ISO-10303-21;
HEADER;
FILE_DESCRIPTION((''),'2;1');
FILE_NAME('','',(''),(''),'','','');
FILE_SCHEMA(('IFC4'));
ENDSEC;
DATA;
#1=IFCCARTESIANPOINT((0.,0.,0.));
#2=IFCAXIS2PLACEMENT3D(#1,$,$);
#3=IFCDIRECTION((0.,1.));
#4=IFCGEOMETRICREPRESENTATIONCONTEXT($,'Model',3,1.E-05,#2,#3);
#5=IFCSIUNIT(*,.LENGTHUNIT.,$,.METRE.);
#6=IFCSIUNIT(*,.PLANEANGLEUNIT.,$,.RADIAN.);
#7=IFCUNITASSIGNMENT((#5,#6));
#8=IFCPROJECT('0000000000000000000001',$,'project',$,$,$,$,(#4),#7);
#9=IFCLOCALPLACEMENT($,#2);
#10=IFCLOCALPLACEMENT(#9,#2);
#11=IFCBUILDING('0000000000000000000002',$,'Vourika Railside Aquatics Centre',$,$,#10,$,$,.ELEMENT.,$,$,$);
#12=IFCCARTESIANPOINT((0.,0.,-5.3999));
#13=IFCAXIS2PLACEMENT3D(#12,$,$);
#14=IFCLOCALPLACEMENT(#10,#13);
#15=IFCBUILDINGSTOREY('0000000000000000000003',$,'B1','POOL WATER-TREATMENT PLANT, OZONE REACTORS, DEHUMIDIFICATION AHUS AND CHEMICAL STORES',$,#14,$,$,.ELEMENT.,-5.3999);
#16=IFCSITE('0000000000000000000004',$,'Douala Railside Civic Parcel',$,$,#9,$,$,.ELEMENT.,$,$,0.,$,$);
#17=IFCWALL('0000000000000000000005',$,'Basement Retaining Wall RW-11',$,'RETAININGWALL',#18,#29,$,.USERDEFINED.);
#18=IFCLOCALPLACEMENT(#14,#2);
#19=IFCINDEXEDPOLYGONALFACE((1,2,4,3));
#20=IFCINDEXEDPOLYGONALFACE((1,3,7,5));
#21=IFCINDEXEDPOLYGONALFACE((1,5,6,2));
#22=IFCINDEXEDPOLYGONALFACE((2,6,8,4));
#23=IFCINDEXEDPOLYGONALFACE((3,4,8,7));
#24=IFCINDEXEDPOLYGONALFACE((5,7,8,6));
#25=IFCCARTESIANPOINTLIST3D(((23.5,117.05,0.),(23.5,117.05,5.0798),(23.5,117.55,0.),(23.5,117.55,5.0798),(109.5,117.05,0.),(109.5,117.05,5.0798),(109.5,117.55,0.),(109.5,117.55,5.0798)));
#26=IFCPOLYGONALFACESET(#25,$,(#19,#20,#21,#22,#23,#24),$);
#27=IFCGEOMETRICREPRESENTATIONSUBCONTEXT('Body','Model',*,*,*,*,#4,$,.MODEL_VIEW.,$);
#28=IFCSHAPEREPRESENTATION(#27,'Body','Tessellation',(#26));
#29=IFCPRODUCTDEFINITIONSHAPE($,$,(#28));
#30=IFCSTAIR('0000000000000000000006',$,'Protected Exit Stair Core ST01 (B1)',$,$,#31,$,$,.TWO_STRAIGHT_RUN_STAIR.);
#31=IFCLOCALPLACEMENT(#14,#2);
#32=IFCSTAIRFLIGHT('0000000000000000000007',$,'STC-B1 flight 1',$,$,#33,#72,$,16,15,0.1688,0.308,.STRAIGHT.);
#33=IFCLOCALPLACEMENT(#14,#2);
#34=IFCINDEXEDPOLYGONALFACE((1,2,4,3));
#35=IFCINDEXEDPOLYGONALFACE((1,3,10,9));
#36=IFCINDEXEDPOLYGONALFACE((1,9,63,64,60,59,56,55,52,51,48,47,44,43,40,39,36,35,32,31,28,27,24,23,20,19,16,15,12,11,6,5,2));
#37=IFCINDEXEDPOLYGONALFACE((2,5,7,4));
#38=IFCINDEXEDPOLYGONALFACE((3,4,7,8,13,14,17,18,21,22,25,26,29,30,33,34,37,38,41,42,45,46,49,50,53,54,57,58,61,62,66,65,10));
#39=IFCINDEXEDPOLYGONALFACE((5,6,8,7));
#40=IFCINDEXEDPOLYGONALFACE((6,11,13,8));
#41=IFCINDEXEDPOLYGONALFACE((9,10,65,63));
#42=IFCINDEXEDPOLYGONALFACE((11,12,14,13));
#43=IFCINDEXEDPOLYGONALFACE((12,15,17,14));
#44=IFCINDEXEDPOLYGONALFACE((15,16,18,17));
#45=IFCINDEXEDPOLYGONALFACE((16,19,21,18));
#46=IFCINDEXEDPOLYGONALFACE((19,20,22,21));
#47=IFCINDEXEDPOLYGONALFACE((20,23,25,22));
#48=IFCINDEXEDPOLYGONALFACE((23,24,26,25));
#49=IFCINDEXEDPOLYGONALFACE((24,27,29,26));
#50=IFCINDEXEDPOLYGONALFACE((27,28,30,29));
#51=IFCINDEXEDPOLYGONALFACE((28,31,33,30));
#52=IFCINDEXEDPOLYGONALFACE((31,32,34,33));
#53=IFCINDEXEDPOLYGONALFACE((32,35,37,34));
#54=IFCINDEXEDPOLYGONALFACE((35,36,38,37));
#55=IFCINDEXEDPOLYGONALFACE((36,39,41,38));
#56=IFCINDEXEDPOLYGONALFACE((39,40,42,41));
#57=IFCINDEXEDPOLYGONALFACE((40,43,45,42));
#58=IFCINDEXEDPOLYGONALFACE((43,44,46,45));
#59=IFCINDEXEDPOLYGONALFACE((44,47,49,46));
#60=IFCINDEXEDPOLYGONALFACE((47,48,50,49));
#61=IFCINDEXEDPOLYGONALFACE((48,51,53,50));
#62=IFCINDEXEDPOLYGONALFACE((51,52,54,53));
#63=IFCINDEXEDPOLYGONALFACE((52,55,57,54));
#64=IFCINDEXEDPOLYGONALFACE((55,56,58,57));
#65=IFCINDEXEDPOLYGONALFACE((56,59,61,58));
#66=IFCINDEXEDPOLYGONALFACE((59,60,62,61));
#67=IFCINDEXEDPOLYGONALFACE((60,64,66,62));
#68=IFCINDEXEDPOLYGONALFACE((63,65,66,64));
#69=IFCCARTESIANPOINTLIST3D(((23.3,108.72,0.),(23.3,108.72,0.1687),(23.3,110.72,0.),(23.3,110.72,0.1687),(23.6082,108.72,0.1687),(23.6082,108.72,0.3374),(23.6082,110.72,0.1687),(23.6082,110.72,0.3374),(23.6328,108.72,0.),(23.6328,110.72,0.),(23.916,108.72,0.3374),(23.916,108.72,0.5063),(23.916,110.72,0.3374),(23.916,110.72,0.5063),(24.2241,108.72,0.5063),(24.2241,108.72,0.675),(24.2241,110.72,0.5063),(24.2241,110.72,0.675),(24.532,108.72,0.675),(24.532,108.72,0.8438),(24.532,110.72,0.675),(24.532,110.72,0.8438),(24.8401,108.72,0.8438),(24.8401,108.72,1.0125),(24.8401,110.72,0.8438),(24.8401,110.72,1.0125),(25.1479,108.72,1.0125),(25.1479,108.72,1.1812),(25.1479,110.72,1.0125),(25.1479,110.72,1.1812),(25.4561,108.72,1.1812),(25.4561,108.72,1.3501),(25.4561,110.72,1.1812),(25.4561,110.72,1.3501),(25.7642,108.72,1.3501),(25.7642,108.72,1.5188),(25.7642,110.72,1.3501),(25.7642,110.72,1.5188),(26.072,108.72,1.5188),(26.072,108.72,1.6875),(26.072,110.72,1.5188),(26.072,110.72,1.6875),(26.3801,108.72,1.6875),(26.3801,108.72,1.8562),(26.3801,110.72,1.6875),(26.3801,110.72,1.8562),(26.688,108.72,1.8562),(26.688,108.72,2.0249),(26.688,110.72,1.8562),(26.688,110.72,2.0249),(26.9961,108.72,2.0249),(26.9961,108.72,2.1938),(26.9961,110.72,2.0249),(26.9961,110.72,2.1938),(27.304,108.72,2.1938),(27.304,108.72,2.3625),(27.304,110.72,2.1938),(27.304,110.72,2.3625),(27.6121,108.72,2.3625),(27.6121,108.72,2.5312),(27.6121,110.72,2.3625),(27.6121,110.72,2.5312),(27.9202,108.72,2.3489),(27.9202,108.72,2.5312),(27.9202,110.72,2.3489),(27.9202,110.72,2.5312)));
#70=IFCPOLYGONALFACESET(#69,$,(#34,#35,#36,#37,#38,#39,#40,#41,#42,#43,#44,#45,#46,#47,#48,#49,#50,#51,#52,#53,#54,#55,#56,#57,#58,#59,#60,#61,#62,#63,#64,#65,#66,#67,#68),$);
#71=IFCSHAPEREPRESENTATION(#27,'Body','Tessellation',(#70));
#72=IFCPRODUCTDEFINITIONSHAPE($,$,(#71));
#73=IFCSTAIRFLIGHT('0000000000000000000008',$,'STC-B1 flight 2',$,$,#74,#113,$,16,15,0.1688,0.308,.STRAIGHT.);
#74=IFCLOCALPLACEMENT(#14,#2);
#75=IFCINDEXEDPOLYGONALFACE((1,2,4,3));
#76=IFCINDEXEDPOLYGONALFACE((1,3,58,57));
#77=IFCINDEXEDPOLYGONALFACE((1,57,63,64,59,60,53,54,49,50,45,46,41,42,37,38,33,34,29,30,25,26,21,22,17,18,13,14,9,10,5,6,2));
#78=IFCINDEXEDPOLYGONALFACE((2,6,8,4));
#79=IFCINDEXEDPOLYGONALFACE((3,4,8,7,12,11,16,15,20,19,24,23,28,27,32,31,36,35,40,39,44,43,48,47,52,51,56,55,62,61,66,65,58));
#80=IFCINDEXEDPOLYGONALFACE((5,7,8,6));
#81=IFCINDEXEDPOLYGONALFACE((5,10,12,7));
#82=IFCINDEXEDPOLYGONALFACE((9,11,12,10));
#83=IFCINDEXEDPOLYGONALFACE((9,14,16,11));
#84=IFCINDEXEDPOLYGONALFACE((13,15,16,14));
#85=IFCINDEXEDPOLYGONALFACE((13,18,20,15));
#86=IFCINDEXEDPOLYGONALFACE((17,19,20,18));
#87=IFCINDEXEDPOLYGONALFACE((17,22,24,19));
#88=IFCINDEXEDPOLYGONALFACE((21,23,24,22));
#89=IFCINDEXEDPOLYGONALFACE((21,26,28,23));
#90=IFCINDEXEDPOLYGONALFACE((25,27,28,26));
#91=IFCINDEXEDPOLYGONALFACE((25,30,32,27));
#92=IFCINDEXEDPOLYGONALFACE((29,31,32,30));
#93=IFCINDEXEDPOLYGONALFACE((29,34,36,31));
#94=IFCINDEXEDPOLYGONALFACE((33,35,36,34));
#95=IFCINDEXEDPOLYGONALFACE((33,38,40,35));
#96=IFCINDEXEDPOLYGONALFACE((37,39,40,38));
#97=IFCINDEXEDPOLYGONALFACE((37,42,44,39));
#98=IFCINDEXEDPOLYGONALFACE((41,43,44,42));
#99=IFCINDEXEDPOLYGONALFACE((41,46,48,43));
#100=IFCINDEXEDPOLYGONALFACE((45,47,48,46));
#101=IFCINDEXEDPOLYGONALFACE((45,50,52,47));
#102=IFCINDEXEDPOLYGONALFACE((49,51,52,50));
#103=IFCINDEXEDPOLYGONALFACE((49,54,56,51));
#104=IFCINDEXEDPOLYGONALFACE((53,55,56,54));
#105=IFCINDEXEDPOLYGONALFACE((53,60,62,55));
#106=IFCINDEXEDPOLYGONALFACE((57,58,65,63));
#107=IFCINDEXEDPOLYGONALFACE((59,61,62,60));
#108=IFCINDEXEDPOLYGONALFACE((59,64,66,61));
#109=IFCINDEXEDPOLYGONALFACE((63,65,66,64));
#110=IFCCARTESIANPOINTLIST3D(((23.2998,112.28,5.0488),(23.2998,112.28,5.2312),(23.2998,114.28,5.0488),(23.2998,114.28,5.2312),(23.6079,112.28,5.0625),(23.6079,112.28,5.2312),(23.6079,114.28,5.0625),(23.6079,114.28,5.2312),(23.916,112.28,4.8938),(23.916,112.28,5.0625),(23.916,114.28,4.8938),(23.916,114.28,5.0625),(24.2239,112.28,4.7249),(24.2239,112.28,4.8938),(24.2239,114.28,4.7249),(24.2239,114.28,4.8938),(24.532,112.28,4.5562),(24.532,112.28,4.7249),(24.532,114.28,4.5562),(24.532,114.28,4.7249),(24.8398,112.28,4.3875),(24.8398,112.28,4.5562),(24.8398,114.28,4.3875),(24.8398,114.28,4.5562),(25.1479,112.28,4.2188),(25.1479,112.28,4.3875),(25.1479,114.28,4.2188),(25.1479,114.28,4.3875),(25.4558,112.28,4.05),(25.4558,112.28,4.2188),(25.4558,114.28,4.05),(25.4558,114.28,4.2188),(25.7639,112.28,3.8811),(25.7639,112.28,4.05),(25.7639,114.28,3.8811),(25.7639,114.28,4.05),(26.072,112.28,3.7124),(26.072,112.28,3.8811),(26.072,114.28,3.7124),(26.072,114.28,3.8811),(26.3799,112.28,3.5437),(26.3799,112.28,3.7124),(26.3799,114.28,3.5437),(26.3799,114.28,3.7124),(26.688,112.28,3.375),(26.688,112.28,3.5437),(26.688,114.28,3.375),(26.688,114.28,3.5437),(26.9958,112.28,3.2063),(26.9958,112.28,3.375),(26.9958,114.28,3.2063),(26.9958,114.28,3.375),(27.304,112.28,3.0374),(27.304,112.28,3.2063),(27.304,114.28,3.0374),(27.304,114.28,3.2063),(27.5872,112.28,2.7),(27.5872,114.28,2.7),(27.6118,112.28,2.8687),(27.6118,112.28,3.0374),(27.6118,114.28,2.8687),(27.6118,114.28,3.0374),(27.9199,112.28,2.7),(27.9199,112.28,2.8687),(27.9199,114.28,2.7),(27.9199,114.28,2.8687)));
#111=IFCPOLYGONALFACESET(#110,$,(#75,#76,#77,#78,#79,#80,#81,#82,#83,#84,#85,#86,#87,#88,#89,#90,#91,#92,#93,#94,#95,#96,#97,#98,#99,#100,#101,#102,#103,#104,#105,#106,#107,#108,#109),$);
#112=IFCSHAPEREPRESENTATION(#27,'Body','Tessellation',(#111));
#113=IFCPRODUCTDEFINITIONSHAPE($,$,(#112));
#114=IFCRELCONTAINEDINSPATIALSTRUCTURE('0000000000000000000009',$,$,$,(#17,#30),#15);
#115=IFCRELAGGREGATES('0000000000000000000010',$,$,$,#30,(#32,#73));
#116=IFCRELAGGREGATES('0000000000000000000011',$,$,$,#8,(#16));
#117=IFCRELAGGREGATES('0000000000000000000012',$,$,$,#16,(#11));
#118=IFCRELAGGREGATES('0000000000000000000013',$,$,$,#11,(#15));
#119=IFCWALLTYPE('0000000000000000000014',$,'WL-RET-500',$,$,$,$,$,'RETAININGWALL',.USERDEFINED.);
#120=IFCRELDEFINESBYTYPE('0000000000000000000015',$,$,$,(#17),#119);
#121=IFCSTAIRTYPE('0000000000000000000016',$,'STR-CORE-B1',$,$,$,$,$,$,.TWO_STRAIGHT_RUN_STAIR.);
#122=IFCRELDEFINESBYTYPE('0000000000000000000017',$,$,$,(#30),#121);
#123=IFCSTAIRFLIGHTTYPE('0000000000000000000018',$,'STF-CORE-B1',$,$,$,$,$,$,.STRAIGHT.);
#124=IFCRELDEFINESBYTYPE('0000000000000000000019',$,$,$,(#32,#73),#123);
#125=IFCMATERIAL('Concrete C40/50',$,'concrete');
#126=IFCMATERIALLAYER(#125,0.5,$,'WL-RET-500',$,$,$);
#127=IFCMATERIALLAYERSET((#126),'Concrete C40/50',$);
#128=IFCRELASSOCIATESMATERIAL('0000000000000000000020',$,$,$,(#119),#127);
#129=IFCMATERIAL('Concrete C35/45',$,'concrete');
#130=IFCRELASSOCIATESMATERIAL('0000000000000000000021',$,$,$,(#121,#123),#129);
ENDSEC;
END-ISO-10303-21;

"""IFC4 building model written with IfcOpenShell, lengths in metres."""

from ifc_helpers import new_model, si_unit, direction, frame, frame_2d, origin, place, context, subcontext, project, spatial, polyline, rectangle, outline, extrude, material, layer, layer_set, type_object, element, aggregate, save


model = new_model("IFC4")

# Units and contexts
model_context = context("Model", 3, precision=1e-05, world=origin(), true_north=direction((0.0, 1.0)))
body_context = subcontext(model_context, "Body", "Model", "MODEL_VIEW")
ifc_project = project(units=[si_unit("LENGTHUNIT", "METRE"), si_unit("PLANEANGLEUNIT", "RADIAN")], contexts=[model_context])

# Site, building, storey
site_placement = place(None, origin())
site = spatial("IfcSite", under=ifc_project, at=site_placement, Name="Douala Railside Civic Parcel", CompositionType="ELEMENT", RefElevation=0.0)
building_placement = place(site_placement, origin())
building = spatial("IfcBuilding", under=site, at=building_placement, Name="Vourika Railside Aquatics Centre", CompositionType="ELEMENT")
storey_placement = place(building_placement, frame((0.0, 0.0, -5.3999)))
storey = spatial("IfcBuildingStorey", under=building, at=storey_placement, Name="B1", Description="POOL WATER-TREATMENT PLANT, OZONE REACTORS, DEHUMIDIFICATION AHUS AND CHEMICAL STORES", CompositionType="ELEMENT", Elevation=-5.3999)

# Shared definitions
ifc_material_1 = material(Name="Concrete C40/50", Category="concrete")

# Shared definitions
ifc_material_2 = material(Name="Concrete C35/45", Category="concrete")

# Wall
ifc_layer_1 = layer(ifc_material_1, 0.5, Name="WL-RET-500")
ifc_layer_set_1 = layer_set([ifc_layer_1], Name="Concrete C40/50")
wall_type_1 = type_object("IfcWallType", Name="WL-RET-500", ElementType="RETAININGWALL", PredefinedType="USERDEFINED", material=ifc_layer_set_1)
wall_1_placement = place(storey_placement, frame((23.5, 117.3, 0.0), z_axis=(0.0, 0.0, 1.0), x_axis=(1.0, 0.0, 0.0)))
element("IfcWall", 1, at=wall_1_placement, inside=storey, type_object=wall_type_1, Name="Basement Retaining Wall RW-11", ObjectType="RETAININGWALL", PredefinedType="USERDEFINED", context=body_context, shape_type="SweptSolid", body=[
    extrude(rectangle(XDim=86.0, YDim=0.5, at=frame_2d((43.0, 0.0))), origin(), (0.0, 0.0, 1.0), 5.0798),
])

# Stair, stair flights
stair_type = type_object("IfcStairType", Name="STR-CORE-B1", PredefinedType="TWO_STRAIGHT_RUN_STAIR", material=ifc_material_2)
stair_placement = place(storey_placement, origin())
stair = element("IfcStair", 2, at=stair_placement, inside=storey, type_object=stair_type, Name="Protected Exit Stair Core ST01 (B1)", PredefinedType="TWO_STRAIGHT_RUN_STAIR")
stair_flight_type = type_object("IfcStairFlightType", Name="STF-CORE-B1", PredefinedType="STRAIGHT", material=ifc_material_2)
stair_flight_1_placement = place(storey_placement, frame((23.3, 109.72, 0.0), z_axis=(0.0, 0.0, 1.0), x_axis=(1.0, 0.0, 0.0)))
stair_flight_1 = element("IfcStairFlight", 3, at=stair_flight_1_placement, type_object=stair_flight_type, Name="STC-B1 flight 1", NumberOfRisers=16, NumberOfTreads=15, PredefinedType="STRAIGHT", RiserHeight=0.1688, TreadLength=0.308, context=body_context, shape_type="SweptSolid", body=[
    extrude(outline(polyline([(0.0, 0.0), (0.0, 0.1687), (0.3081, 0.1687), (0.3081, 0.3374), (0.616, 0.3374), (0.616, 0.5063), (0.9241, 0.5063), (0.9241, 0.675), (1.2319, 0.675), (1.2319, 0.8438), (1.54, 0.8438), (1.54, 1.0125), (1.8479, 1.0125), (1.8479, 1.1812), (2.156, 1.1812), (2.156, 1.3501), (2.4641, 1.3501), (2.4641, 1.5188), (2.772, 1.5188), (2.772, 1.6875), (3.0801, 1.6875), (3.0801, 1.8562), (3.3879, 1.8562), (3.3879, 2.0249), (3.696, 2.0249), (3.696, 2.1938), (4.0039, 2.1938), (4.0039, 2.3625), (4.312, 2.3625), (4.312, 2.5312), (4.6201, 2.5312), (4.6201, 2.7), (4.6201, 2.3489), (0.3328, 0.0), (0.0, 0.0)])), frame((0.0, 1.0, 0.0), z_axis=(0.0, -1.0, 0.0), x_axis=(1.0, 0.0, 0.0)), (0.0, 0.0, 1.0), 2.0),
])
stair_flight_2_placement = place(storey_placement, frame((27.9199, 113.28, 2.7), z_axis=(0.0, 0.0, 1.0), x_axis=(-1.0, 0.0, 0.0)))
stair_flight_2 = element("IfcStairFlight", 4, at=stair_flight_2_placement, type_object=stair_flight_type, Name="STC-B1 flight 2", NumberOfRisers=16, NumberOfTreads=15, PredefinedType="STRAIGHT", RiserHeight=0.1688, TreadLength=0.308, context=body_context, shape_type="SweptSolid", body=[
    extrude(outline(polyline([(0.0, 0.0), (0.0, 0.1687), (0.3081, 0.1687), (0.3081, 0.3374), (0.616, 0.3374), (0.616, 0.5063), (0.9241, 0.5063), (0.9241, 0.675), (1.2319, 0.675), (1.2319, 0.8438), (1.54, 0.8438), (1.54, 1.0125), (1.8479, 1.0125), (1.8479, 1.1812), (2.156, 1.1812), (2.156, 1.3501), (2.4641, 1.3501), (2.4641, 1.5188), (2.772, 1.5188), (2.772, 1.6875), (3.0801, 1.6875), (3.0801, 1.8562), (3.3879, 1.8562), (3.3879, 2.0249), (3.696, 2.0249), (3.696, 2.1938), (4.0039, 2.1938), (4.0039, 2.3625), (4.312, 2.3625), (4.312, 2.5312), (4.6201, 2.5312), (4.6201, 2.7), (4.6201, 2.3489), (0.3328, 0.0), (0.0, 0.0)])), frame((0.0, 1.0, 0.0), z_axis=(0.0, -1.0, 0.0), x_axis=(1.0, 0.0, 0.0)), (0.0, 0.0, 1.0), 2.0),
])
aggregate(stair, [stair_flight_1, stair_flight_2])

save(model, "model.ifc")
